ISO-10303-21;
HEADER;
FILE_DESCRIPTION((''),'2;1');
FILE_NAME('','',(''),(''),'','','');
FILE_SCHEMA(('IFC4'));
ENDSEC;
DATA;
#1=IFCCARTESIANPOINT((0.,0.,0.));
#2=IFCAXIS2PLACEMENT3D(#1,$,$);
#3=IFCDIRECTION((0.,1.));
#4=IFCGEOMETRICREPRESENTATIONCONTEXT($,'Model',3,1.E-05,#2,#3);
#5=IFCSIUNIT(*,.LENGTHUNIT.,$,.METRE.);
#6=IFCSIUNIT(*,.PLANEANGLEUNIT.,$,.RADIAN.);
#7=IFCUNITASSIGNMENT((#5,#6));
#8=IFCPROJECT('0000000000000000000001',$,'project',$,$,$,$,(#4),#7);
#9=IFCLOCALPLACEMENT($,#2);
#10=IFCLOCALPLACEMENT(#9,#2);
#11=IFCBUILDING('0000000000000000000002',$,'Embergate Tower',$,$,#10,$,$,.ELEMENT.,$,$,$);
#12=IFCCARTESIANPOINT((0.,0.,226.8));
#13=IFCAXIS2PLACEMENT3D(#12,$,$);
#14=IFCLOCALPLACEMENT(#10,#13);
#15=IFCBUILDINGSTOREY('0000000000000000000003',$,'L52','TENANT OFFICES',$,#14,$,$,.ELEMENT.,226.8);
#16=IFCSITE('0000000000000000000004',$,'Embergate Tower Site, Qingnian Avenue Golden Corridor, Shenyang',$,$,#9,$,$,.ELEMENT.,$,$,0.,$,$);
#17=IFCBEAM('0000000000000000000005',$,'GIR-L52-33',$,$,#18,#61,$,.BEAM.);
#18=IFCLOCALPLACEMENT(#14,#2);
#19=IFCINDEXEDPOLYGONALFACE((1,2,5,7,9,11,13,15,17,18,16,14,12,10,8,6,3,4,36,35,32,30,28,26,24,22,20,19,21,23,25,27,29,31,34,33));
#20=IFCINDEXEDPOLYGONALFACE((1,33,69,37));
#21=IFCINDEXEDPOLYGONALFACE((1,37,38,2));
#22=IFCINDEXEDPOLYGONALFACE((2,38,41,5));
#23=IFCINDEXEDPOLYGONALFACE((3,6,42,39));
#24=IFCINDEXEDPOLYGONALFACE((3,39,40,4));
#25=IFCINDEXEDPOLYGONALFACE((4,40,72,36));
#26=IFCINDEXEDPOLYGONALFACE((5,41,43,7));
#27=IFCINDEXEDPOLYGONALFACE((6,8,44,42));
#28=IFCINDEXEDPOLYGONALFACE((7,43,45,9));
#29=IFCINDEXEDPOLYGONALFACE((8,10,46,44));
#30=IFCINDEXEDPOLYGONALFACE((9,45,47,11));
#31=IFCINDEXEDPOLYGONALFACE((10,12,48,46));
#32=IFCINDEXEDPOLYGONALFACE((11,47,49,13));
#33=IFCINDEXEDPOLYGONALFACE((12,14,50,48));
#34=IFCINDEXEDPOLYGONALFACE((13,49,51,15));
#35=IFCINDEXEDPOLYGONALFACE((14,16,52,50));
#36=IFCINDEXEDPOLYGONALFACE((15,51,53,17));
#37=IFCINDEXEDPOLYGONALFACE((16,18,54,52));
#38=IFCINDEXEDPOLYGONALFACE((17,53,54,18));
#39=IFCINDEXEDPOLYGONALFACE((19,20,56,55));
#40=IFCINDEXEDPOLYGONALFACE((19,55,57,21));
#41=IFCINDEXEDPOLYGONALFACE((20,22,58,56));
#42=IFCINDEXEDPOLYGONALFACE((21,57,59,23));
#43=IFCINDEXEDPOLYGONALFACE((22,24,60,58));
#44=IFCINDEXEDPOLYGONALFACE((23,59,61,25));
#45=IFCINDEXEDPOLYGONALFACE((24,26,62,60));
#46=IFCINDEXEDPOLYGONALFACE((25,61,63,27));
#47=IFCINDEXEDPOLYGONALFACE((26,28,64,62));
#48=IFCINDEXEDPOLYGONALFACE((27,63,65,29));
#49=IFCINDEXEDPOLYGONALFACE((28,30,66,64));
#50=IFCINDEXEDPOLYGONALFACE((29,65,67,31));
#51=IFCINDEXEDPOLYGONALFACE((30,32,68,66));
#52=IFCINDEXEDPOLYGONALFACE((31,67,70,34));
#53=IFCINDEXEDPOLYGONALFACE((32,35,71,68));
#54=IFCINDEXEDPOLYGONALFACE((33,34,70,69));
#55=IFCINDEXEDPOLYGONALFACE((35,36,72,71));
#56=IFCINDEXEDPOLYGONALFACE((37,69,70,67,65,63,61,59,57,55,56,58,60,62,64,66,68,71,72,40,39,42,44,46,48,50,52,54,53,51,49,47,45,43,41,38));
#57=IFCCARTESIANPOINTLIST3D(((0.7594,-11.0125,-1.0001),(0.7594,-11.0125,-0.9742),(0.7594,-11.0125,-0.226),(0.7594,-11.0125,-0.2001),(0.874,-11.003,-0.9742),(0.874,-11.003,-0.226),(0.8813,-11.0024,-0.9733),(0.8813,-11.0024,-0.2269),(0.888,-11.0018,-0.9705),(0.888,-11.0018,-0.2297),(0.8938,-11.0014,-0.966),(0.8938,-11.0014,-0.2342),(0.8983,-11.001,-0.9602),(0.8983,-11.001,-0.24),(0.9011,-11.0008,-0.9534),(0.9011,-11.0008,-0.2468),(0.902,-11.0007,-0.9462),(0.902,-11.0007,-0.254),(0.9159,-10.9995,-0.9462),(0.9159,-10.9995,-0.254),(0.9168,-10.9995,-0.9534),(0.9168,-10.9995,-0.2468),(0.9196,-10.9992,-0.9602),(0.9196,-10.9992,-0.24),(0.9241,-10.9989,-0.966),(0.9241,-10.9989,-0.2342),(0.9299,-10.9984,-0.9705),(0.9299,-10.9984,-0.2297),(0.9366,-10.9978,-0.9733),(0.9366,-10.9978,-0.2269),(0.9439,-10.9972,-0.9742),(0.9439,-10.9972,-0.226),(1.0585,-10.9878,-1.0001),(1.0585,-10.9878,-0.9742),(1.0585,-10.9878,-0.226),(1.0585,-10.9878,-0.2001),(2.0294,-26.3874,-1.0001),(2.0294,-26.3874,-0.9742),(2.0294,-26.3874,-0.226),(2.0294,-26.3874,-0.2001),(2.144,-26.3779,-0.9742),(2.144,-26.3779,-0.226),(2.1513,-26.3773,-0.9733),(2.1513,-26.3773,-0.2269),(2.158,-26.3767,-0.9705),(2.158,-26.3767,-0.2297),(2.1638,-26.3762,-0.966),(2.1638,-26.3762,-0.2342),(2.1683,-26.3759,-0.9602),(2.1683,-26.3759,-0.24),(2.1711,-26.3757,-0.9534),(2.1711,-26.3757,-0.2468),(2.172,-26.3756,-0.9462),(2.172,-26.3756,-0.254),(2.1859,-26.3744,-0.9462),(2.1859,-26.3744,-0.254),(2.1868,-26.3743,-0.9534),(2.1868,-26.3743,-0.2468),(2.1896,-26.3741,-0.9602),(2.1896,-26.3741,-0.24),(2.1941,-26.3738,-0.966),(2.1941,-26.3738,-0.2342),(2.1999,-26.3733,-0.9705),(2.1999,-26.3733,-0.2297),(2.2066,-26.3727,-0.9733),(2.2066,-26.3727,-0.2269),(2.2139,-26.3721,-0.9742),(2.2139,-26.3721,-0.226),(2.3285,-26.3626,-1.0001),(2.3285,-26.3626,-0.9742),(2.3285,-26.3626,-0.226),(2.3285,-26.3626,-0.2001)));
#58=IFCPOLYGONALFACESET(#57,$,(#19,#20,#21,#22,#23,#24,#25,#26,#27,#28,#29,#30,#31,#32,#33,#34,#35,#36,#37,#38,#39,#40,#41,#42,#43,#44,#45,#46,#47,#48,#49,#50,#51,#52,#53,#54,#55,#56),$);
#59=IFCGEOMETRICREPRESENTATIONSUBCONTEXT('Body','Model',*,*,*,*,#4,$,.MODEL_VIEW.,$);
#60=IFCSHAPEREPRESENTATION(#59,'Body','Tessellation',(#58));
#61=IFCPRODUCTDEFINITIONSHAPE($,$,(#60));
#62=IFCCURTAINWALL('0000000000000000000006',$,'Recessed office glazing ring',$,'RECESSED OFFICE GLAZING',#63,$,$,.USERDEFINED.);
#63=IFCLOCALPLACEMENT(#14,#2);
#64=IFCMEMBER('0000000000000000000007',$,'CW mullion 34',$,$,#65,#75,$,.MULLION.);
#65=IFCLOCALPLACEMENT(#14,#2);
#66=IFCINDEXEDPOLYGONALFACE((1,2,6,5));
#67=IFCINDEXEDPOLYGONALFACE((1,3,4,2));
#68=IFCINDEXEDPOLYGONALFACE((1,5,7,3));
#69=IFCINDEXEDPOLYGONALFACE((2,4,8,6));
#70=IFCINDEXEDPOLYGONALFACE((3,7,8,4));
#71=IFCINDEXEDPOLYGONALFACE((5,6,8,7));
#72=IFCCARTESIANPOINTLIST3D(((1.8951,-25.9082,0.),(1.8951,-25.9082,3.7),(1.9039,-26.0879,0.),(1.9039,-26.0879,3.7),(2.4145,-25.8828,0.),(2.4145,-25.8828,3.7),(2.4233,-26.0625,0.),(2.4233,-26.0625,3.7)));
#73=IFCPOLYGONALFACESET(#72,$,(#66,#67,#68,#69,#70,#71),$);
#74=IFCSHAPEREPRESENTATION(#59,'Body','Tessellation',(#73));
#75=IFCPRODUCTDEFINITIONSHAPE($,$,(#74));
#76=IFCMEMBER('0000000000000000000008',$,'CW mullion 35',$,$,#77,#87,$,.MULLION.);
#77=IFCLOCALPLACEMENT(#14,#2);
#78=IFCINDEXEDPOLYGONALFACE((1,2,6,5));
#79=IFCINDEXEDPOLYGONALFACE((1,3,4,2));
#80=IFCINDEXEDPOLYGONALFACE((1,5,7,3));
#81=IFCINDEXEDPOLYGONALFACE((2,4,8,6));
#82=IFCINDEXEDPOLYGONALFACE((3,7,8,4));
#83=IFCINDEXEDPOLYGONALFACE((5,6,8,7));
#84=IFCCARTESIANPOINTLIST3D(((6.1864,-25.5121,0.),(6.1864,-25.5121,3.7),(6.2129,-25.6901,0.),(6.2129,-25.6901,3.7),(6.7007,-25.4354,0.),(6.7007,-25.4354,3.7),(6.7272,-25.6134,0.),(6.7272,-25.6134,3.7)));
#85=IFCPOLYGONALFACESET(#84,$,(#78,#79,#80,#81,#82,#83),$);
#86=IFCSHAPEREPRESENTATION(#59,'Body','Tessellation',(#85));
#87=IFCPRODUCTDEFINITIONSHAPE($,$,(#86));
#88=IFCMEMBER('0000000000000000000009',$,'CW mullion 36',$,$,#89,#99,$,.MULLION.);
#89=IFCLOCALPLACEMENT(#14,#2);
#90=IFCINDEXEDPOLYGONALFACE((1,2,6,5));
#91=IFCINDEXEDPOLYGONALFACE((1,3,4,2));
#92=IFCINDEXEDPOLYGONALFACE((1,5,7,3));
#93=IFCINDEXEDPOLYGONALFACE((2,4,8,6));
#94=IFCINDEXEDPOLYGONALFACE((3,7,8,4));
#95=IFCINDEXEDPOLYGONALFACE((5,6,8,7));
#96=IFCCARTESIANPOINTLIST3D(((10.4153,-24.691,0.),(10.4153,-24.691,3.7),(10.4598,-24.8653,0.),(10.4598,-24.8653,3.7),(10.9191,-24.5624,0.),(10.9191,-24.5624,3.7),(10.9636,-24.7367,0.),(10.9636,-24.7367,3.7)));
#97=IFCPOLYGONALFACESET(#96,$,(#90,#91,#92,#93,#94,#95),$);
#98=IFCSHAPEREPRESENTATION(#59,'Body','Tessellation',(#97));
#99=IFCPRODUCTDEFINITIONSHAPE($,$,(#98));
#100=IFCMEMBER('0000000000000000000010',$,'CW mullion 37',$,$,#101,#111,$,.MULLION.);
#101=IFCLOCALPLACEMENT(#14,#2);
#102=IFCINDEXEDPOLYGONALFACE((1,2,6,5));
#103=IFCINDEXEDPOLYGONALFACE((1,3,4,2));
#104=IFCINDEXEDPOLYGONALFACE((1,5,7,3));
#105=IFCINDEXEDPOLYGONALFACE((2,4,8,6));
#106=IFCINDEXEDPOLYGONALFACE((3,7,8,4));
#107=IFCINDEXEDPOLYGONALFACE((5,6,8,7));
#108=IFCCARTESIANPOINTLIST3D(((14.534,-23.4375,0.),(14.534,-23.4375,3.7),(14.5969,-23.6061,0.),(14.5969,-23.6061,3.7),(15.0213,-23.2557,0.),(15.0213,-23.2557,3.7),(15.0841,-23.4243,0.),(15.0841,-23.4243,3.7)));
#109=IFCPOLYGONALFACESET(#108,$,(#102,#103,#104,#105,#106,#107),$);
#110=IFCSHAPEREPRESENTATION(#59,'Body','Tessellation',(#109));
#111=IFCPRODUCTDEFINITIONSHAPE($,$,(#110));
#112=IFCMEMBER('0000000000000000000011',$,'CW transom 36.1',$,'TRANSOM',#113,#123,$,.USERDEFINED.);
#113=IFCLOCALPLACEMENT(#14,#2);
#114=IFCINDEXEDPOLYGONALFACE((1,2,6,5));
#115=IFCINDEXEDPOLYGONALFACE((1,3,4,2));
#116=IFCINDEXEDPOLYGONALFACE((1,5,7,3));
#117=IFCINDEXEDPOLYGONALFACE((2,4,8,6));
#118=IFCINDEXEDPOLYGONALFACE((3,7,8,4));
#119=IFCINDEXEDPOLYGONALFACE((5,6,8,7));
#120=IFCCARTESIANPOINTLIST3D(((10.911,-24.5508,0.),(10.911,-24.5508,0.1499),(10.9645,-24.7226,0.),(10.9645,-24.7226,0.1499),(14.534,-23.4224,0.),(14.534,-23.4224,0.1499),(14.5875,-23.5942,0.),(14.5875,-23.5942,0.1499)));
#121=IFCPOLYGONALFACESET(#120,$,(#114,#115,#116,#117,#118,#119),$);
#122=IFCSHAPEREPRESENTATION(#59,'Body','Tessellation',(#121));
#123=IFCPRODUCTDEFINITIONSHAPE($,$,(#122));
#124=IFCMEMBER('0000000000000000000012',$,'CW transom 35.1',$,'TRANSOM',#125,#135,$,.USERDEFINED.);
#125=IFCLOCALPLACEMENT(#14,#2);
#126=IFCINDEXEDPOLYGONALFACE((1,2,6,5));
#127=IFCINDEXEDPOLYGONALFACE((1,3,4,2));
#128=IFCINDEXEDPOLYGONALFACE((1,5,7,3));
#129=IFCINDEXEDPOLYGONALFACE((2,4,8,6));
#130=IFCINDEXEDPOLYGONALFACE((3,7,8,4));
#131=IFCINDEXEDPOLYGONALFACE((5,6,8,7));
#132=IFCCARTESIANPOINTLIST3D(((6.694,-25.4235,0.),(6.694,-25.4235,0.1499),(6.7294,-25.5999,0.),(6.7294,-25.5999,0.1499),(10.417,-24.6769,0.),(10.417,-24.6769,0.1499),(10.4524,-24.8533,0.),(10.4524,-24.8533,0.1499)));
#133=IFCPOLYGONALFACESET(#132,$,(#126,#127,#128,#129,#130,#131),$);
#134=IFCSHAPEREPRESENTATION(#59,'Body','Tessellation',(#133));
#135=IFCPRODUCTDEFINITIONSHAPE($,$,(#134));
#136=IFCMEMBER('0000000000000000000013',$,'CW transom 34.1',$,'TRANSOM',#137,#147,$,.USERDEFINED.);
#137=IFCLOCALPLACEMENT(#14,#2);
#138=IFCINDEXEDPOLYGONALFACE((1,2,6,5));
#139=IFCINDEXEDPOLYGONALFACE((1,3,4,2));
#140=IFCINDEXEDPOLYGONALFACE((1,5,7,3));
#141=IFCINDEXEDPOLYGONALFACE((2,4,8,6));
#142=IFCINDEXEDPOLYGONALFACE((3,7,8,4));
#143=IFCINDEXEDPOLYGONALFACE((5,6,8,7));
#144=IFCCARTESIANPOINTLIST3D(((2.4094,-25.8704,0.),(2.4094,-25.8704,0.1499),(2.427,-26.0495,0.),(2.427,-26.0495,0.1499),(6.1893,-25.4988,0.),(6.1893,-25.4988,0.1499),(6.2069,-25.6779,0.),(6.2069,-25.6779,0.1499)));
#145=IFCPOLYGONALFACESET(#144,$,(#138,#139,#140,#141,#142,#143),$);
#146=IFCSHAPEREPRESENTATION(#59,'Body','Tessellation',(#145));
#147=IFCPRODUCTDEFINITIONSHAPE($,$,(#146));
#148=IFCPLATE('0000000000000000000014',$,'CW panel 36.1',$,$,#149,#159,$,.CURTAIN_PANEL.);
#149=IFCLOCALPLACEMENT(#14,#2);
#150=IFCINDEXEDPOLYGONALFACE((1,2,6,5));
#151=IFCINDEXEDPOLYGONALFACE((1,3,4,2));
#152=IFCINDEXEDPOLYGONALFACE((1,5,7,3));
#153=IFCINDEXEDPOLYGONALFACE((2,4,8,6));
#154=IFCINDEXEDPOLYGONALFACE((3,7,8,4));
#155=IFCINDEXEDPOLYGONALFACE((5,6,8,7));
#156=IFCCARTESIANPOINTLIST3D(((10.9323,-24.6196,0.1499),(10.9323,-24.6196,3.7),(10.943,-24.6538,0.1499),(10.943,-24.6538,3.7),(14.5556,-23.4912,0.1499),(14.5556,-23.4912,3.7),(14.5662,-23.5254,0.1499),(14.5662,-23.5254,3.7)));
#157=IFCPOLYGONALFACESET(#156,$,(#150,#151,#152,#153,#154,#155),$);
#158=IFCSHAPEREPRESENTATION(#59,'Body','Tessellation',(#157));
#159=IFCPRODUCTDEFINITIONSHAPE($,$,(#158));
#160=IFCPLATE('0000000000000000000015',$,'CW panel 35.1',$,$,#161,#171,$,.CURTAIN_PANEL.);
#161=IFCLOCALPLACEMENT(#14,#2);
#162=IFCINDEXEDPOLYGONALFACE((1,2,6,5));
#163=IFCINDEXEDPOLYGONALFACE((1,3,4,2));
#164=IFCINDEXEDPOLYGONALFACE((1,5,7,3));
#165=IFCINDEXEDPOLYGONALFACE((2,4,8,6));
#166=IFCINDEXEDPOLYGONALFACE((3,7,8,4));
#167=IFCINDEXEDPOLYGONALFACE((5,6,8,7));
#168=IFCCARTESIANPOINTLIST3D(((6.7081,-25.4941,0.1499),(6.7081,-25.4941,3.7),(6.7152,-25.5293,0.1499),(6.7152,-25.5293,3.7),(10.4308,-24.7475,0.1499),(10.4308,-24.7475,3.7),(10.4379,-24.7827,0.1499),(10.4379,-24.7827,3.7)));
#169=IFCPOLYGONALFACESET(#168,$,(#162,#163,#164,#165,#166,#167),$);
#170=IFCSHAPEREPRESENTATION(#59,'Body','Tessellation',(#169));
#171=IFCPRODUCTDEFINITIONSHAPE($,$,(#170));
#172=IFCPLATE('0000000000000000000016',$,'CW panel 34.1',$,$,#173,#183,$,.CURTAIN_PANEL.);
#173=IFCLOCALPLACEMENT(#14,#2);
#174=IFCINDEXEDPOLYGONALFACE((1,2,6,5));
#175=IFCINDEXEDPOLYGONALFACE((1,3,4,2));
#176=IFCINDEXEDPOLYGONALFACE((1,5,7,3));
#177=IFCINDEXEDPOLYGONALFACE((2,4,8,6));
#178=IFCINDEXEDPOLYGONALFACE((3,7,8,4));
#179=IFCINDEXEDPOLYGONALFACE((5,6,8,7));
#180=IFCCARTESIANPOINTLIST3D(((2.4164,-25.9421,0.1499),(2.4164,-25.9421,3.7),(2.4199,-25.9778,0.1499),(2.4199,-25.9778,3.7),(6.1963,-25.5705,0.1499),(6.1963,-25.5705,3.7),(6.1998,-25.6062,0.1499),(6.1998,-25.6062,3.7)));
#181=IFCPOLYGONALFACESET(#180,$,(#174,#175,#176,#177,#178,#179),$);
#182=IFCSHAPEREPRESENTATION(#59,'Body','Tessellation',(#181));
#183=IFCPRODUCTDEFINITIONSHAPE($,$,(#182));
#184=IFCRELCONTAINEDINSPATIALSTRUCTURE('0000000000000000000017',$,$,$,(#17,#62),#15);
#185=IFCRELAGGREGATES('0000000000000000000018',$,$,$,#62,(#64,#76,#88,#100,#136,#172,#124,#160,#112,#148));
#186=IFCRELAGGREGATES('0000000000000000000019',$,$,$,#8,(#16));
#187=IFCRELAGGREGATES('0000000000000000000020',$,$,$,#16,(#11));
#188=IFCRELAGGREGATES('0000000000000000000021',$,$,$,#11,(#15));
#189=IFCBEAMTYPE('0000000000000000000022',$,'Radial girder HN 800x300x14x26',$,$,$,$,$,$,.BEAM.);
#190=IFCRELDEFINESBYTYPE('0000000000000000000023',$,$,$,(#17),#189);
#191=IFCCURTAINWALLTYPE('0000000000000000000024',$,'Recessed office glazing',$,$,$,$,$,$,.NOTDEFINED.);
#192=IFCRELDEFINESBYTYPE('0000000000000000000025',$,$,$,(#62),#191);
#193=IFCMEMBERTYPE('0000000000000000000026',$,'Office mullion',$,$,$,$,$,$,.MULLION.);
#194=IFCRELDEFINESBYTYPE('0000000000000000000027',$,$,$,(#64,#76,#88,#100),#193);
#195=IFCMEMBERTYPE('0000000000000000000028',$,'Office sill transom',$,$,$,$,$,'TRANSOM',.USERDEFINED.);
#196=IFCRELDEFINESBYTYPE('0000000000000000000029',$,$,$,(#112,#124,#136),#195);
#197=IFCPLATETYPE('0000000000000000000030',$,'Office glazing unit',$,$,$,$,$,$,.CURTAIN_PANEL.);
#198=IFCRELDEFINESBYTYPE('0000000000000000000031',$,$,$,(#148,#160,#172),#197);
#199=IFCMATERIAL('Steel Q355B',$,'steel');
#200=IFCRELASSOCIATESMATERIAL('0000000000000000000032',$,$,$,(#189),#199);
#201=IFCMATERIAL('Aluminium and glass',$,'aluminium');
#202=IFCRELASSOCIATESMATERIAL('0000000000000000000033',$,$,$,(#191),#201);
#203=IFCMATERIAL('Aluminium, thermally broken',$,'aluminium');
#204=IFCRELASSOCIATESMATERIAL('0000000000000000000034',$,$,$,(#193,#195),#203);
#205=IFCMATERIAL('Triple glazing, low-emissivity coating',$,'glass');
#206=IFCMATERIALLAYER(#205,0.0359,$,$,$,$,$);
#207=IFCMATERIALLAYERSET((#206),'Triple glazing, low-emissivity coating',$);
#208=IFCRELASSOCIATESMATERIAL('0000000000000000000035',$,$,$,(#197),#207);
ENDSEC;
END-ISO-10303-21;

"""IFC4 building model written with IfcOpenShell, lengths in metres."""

from ifc_helpers import new_model, si_unit, direction, frame, origin, origin_2d, place, context, subcontext, project, spatial, rectangle, i_section, extrude, source, transform, mapped, material, layer, layer_set, material_profile, profile_set, type_object, element, aggregate, save


model = new_model("IFC4")

# Units and contexts
model_context = context("Model", 3, precision=1e-05, world=origin(), true_north=direction((0.0, 1.0)))
body_context = subcontext(model_context, "Body", "Model", "MODEL_VIEW")
ifc_project = project(units=[si_unit("LENGTHUNIT", "METRE"), si_unit("PLANEANGLEUNIT", "RADIAN")], contexts=[model_context])

# Site, building, storey
site_placement = place(None, origin())
site = spatial("IfcSite", under=ifc_project, at=site_placement, Name="Embergate Tower Site, Qingnian Avenue Golden Corridor, Shenyang", CompositionType="ELEMENT", RefElevation=0.0)
building_placement = place(site_placement, origin())
building = spatial("IfcBuilding", under=site, at=building_placement, Name="Embergate Tower", CompositionType="ELEMENT")
storey_placement = place(building_placement, frame((0.0, 0.0, 226.8)))
storey = spatial("IfcBuildingStorey", under=building, at=storey_placement, Name="L52", Description="TENANT OFFICES", CompositionType="ELEMENT", Elevation=226.8)

# Beam
ifc_material_1 = material(Name="Steel Q355B", Category="steel")
ifc_material_profile_1 = material_profile(ifc_material_1, i_section(OverallWidth=0.3, OverallDepth=0.8, WebThickness=0.0139, FlangeThickness=0.0259, FilletRadius=0.0281, at=origin_2d()), Name="HN 800x300x14x26")
ifc_profile_set_1 = profile_set([ifc_material_profile_1], Name="Steel Q355 grade B")
beam_type_1 = type_object("IfcBeamType", Name="Radial girder HN 800x300x14x26", PredefinedType="BEAM", material=ifc_profile_set_1)
shared_shape_1 = source(origin(), body_context, "Body", "SweptSolid", [
    extrude(i_section(OverallWidth=0.3, OverallDepth=0.8, WebThickness=0.0139, FlangeThickness=0.0259, FilletRadius=0.0281, at=origin_2d()), origin(), (0.0, 0.0, 1.0), 15.4272),
])
beam_1_placement = place(storey_placement, frame((2.179, -26.375, -0.6001), z_axis=(-0.082323, 0.996606, 0.0), x_axis=(-0.996606, -0.082323, 0.0)))
element("IfcBeam", 1, at=beam_1_placement, inside=storey, type_object=beam_type_1, Name="GIR-L52-33", PredefinedType="BEAM", context=body_context, shape_type="MappedRepresentation", body=[
    mapped(shared_shape_1, transform((0.0, 0.0, 0.0))),
])

# Curtain wall, members, plates
ifc_material_2 = material(Name="Aluminium and glass", Category="aluminium")
curtain_wall_type = type_object("IfcCurtainWallType", Name="Recessed office glazing", PredefinedType="NOTDEFINED", material=ifc_material_2)
curtain_wall_placement = place(storey_placement, origin())
curtain_wall = element("IfcCurtainWall", 2, at=curtain_wall_placement, inside=storey, type_object=curtain_wall_type, Name="Recessed office glazing ring", ObjectType="RECESSED OFFICE GLAZING", PredefinedType="USERDEFINED")
ifc_material_3 = material(Name="Aluminium, thermally broken", Category="aluminium")
ifc_material_profile_2 = material_profile(ifc_material_3, rectangle(XDim=0.1799, YDim=0.52, at=origin_2d()), Name="AL 520x180")
ifc_profile_set_2 = profile_set([ifc_material_profile_2], Name="Aluminium, thermally broken")
member_type_1 = type_object("IfcMemberType", Name="Office mullion", PredefinedType="MULLION", material=ifc_profile_set_2)
shared_shape_2 = source(origin(), body_context, "Body", "SweptSolid", [
    extrude(rectangle(XDim=0.1799, YDim=0.52, at=origin_2d()), origin(), (0.0, 0.0, 1.0), 3.7),
])
member_1_placement = place(storey_placement, frame((2.1592, -25.9854, 0.0), z_axis=(0.0, 0.0, 1.0), x_axis=(-0.048972, 0.9988, 0.0)))
member_1 = element("IfcMember", 3, at=member_1_placement, type_object=member_type_1, Name="CW mullion 34", PredefinedType="MULLION", context=body_context, shape_type="MappedRepresentation", body=[
    mapped(shared_shape_2, transform((0.0, 0.0, 0.0))),
])
member_2_placement = place(storey_placement, frame((6.4568, -25.5627, 0.0), z_axis=(0.0, 0.0, 1.0), x_axis=(-0.147414, 0.989075, 0.0)))
member_2 = element("IfcMember", 4, at=member_2_placement, type_object=member_type_1, Name="CW mullion 35", PredefinedType="MULLION", context=body_context, shape_type="MappedRepresentation", body=[
    mapped(shared_shape_2, transform((0.0, 0.0, 0.0))),
])
member_3_placement = place(storey_placement, frame((10.6895, -24.7139, 0.0), z_axis=(0.0, 0.0, 1.0), x_axis=(-0.247314, 0.968935, 0.0)))
member_3 = element("IfcMember", 5, at=member_3_placement, type_object=member_type_1, Name="CW mullion 36", PredefinedType="MULLION", context=body_context, shape_type="MappedRepresentation", body=[
    mapped(shared_shape_2, transform((0.0, 0.0, 0.0))),
])
member_4_placement = place(storey_placement, frame((14.8091, -23.4309, 0.0), z_axis=(0.0, 0.0, 1.0), x_axis=(-0.349504, 0.936935, 0.0)))
member_4 = element("IfcMember", 6, at=member_4_placement, type_object=member_type_1, Name="CW mullion 37", PredefinedType="MULLION", context=body_context, shape_type="MappedRepresentation", body=[
    mapped(shared_shape_2, transform((0.0, 0.0, 0.0))),
])
ifc_material_profile_3 = material_profile(ifc_material_3, rectangle(XDim=0.1799, YDim=0.1499, at=origin_2d()), Name="AL 150x180")
ifc_profile_set_3 = profile_set([ifc_material_profile_3], Name="Aluminium, thermally broken")
member_type_2 = type_object("IfcMemberType", Name="Office sill transom", ElementType="TRANSOM", PredefinedType="USERDEFINED", material=ifc_profile_set_3)
shared_shape_3 = source(origin(), body_context, "Body", "SweptSolid", [
    extrude(rectangle(XDim=0.1799, YDim=0.1499, at=origin_2d()), origin(), (0.0, 0.0, 1.0), 3.7947),
])
member_5_placement = place(storey_placement, frame((10.9377, -24.6367, 0.075), z_axis=(0.954763, 0.297366, 0.0), x_axis=(-0.297366, 0.954763, 0.0)))
member_5 = element("IfcMember", 7, at=member_5_placement, type_object=member_type_2, Name="CW transom 36.1", ObjectType="TRANSOM", PredefinedType="USERDEFINED", context=body_context, shape_type="MappedRepresentation", body=[
    mapped(shared_shape_3, transform((0.0, 0.0, 0.0))),
])
shared_shape_4 = source(origin(), body_context, "Body", "SweptSolid", [
    extrude(rectangle(XDim=0.1799, YDim=0.1499, at=origin_2d()), origin(), (0.0, 0.0, 1.0), 3.7971),
])
member_6_placement = place(storey_placement, frame((6.7117, -25.5117, 0.075), z_axis=(0.980479, 0.196623, 0.0), x_axis=(-0.196623, 0.980479, 0.0)))
member_6 = element("IfcMember", 8, at=member_6_placement, type_object=member_type_2, Name="CW transom 35.1", ObjectType="TRANSOM", PredefinedType="USERDEFINED", context=body_context, shape_type="MappedRepresentation", body=[
    mapped(shared_shape_4, transform((0.0, 0.0, 0.0))),
])
shared_shape_5 = source(origin(), body_context, "Body", "SweptSolid", [
    extrude(rectangle(XDim=0.1799, YDim=0.1499, at=origin_2d()), origin(), (0.0, 0.0, 1.0), 3.7981),
])
member_7_placement = place(storey_placement, frame((2.4182, -25.96, 0.075), z_axis=(0.995203, 0.097836, 0.0), x_axis=(-0.097836, 0.995203, 0.0)))
member_7 = element("IfcMember", 9, at=member_7_placement, type_object=member_type_2, Name="CW transom 34.1", ObjectType="TRANSOM", PredefinedType="USERDEFINED", context=body_context, shape_type="MappedRepresentation", body=[
    mapped(shared_shape_5, transform((0.0, 0.0, 0.0))),
])
ifc_material_4 = material(Name="Triple glazing, low-emissivity coating", Category="glass")
ifc_layer_1 = layer(ifc_material_4, 0.0359)
ifc_layer_set_1 = layer_set([ifc_layer_1], Name="Triple glazing, low-emissivity coating")
plate_type = type_object("IfcPlateType", Name="Office glazing unit", PredefinedType="CURTAIN_PANEL", material=ifc_layer_set_1)
shared_shape_6 = source(origin(), body_context, "Body", "SweptSolid", [
    extrude(rectangle(XDim=3.7949, YDim=0.0359, at=origin_2d()), origin(), (0.0, 0.0, 1.0), 3.55),
])
plate_1_placement = place(storey_placement, frame((12.7493, -24.0725, 0.1499), z_axis=(0.0, 0.0, 1.0), x_axis=(0.954771, 0.297343, 0.0)))
plate_1 = element("IfcPlate", 10, at=plate_1_placement, type_object=plate_type, Name="CW panel 36.1", PredefinedType="CURTAIN_PANEL", context=body_context, shape_type="MappedRepresentation", body=[
    mapped(shared_shape_6, transform((0.0, 0.0, 0.0))),
])
shared_shape_7 = source(origin(), body_context, "Body", "SweptSolid", [
    extrude(rectangle(XDim=3.7969, YDim=0.0359, at=origin_2d()), origin(), (0.0, 0.0, 1.0), 3.55),
])
plate_2_placement = place(storey_placement, frame((8.573, -25.1384, 0.1499), z_axis=(0.0, 0.0, 1.0), x_axis=(0.980475, 0.196643, 0.0)))
plate_2 = element("IfcPlate", 11, at=plate_2_placement, type_object=plate_type, Name="CW panel 35.1", PredefinedType="CURTAIN_PANEL", context=body_context, shape_type="MappedRepresentation", body=[
    mapped(shared_shape_7, transform((0.0, 0.0, 0.0))),
])
shared_shape_8 = source(origin(), body_context, "Body", "SweptSolid", [
    extrude(rectangle(XDim=3.7981, YDim=0.0359, at=origin_2d()), origin(), (0.0, 0.0, 1.0), 3.55),
])
plate_3_placement = place(storey_placement, frame((4.3081, -25.7742, 0.1499), z_axis=(0.0, 0.0, 1.0), x_axis=(0.995203, 0.097831, 0.0)))
plate_3 = element("IfcPlate", 12, at=plate_3_placement, type_object=plate_type, Name="CW panel 34.1", PredefinedType="CURTAIN_PANEL", context=body_context, shape_type="MappedRepresentation", body=[
    mapped(shared_shape_8, transform((0.0, 0.0, 0.0))),
])
aggregate(curtain_wall, [member_1, member_2, member_3, member_4, member_7, plate_3, member_6, plate_2, member_5, plate_1])

save(model, "model.ifc")
